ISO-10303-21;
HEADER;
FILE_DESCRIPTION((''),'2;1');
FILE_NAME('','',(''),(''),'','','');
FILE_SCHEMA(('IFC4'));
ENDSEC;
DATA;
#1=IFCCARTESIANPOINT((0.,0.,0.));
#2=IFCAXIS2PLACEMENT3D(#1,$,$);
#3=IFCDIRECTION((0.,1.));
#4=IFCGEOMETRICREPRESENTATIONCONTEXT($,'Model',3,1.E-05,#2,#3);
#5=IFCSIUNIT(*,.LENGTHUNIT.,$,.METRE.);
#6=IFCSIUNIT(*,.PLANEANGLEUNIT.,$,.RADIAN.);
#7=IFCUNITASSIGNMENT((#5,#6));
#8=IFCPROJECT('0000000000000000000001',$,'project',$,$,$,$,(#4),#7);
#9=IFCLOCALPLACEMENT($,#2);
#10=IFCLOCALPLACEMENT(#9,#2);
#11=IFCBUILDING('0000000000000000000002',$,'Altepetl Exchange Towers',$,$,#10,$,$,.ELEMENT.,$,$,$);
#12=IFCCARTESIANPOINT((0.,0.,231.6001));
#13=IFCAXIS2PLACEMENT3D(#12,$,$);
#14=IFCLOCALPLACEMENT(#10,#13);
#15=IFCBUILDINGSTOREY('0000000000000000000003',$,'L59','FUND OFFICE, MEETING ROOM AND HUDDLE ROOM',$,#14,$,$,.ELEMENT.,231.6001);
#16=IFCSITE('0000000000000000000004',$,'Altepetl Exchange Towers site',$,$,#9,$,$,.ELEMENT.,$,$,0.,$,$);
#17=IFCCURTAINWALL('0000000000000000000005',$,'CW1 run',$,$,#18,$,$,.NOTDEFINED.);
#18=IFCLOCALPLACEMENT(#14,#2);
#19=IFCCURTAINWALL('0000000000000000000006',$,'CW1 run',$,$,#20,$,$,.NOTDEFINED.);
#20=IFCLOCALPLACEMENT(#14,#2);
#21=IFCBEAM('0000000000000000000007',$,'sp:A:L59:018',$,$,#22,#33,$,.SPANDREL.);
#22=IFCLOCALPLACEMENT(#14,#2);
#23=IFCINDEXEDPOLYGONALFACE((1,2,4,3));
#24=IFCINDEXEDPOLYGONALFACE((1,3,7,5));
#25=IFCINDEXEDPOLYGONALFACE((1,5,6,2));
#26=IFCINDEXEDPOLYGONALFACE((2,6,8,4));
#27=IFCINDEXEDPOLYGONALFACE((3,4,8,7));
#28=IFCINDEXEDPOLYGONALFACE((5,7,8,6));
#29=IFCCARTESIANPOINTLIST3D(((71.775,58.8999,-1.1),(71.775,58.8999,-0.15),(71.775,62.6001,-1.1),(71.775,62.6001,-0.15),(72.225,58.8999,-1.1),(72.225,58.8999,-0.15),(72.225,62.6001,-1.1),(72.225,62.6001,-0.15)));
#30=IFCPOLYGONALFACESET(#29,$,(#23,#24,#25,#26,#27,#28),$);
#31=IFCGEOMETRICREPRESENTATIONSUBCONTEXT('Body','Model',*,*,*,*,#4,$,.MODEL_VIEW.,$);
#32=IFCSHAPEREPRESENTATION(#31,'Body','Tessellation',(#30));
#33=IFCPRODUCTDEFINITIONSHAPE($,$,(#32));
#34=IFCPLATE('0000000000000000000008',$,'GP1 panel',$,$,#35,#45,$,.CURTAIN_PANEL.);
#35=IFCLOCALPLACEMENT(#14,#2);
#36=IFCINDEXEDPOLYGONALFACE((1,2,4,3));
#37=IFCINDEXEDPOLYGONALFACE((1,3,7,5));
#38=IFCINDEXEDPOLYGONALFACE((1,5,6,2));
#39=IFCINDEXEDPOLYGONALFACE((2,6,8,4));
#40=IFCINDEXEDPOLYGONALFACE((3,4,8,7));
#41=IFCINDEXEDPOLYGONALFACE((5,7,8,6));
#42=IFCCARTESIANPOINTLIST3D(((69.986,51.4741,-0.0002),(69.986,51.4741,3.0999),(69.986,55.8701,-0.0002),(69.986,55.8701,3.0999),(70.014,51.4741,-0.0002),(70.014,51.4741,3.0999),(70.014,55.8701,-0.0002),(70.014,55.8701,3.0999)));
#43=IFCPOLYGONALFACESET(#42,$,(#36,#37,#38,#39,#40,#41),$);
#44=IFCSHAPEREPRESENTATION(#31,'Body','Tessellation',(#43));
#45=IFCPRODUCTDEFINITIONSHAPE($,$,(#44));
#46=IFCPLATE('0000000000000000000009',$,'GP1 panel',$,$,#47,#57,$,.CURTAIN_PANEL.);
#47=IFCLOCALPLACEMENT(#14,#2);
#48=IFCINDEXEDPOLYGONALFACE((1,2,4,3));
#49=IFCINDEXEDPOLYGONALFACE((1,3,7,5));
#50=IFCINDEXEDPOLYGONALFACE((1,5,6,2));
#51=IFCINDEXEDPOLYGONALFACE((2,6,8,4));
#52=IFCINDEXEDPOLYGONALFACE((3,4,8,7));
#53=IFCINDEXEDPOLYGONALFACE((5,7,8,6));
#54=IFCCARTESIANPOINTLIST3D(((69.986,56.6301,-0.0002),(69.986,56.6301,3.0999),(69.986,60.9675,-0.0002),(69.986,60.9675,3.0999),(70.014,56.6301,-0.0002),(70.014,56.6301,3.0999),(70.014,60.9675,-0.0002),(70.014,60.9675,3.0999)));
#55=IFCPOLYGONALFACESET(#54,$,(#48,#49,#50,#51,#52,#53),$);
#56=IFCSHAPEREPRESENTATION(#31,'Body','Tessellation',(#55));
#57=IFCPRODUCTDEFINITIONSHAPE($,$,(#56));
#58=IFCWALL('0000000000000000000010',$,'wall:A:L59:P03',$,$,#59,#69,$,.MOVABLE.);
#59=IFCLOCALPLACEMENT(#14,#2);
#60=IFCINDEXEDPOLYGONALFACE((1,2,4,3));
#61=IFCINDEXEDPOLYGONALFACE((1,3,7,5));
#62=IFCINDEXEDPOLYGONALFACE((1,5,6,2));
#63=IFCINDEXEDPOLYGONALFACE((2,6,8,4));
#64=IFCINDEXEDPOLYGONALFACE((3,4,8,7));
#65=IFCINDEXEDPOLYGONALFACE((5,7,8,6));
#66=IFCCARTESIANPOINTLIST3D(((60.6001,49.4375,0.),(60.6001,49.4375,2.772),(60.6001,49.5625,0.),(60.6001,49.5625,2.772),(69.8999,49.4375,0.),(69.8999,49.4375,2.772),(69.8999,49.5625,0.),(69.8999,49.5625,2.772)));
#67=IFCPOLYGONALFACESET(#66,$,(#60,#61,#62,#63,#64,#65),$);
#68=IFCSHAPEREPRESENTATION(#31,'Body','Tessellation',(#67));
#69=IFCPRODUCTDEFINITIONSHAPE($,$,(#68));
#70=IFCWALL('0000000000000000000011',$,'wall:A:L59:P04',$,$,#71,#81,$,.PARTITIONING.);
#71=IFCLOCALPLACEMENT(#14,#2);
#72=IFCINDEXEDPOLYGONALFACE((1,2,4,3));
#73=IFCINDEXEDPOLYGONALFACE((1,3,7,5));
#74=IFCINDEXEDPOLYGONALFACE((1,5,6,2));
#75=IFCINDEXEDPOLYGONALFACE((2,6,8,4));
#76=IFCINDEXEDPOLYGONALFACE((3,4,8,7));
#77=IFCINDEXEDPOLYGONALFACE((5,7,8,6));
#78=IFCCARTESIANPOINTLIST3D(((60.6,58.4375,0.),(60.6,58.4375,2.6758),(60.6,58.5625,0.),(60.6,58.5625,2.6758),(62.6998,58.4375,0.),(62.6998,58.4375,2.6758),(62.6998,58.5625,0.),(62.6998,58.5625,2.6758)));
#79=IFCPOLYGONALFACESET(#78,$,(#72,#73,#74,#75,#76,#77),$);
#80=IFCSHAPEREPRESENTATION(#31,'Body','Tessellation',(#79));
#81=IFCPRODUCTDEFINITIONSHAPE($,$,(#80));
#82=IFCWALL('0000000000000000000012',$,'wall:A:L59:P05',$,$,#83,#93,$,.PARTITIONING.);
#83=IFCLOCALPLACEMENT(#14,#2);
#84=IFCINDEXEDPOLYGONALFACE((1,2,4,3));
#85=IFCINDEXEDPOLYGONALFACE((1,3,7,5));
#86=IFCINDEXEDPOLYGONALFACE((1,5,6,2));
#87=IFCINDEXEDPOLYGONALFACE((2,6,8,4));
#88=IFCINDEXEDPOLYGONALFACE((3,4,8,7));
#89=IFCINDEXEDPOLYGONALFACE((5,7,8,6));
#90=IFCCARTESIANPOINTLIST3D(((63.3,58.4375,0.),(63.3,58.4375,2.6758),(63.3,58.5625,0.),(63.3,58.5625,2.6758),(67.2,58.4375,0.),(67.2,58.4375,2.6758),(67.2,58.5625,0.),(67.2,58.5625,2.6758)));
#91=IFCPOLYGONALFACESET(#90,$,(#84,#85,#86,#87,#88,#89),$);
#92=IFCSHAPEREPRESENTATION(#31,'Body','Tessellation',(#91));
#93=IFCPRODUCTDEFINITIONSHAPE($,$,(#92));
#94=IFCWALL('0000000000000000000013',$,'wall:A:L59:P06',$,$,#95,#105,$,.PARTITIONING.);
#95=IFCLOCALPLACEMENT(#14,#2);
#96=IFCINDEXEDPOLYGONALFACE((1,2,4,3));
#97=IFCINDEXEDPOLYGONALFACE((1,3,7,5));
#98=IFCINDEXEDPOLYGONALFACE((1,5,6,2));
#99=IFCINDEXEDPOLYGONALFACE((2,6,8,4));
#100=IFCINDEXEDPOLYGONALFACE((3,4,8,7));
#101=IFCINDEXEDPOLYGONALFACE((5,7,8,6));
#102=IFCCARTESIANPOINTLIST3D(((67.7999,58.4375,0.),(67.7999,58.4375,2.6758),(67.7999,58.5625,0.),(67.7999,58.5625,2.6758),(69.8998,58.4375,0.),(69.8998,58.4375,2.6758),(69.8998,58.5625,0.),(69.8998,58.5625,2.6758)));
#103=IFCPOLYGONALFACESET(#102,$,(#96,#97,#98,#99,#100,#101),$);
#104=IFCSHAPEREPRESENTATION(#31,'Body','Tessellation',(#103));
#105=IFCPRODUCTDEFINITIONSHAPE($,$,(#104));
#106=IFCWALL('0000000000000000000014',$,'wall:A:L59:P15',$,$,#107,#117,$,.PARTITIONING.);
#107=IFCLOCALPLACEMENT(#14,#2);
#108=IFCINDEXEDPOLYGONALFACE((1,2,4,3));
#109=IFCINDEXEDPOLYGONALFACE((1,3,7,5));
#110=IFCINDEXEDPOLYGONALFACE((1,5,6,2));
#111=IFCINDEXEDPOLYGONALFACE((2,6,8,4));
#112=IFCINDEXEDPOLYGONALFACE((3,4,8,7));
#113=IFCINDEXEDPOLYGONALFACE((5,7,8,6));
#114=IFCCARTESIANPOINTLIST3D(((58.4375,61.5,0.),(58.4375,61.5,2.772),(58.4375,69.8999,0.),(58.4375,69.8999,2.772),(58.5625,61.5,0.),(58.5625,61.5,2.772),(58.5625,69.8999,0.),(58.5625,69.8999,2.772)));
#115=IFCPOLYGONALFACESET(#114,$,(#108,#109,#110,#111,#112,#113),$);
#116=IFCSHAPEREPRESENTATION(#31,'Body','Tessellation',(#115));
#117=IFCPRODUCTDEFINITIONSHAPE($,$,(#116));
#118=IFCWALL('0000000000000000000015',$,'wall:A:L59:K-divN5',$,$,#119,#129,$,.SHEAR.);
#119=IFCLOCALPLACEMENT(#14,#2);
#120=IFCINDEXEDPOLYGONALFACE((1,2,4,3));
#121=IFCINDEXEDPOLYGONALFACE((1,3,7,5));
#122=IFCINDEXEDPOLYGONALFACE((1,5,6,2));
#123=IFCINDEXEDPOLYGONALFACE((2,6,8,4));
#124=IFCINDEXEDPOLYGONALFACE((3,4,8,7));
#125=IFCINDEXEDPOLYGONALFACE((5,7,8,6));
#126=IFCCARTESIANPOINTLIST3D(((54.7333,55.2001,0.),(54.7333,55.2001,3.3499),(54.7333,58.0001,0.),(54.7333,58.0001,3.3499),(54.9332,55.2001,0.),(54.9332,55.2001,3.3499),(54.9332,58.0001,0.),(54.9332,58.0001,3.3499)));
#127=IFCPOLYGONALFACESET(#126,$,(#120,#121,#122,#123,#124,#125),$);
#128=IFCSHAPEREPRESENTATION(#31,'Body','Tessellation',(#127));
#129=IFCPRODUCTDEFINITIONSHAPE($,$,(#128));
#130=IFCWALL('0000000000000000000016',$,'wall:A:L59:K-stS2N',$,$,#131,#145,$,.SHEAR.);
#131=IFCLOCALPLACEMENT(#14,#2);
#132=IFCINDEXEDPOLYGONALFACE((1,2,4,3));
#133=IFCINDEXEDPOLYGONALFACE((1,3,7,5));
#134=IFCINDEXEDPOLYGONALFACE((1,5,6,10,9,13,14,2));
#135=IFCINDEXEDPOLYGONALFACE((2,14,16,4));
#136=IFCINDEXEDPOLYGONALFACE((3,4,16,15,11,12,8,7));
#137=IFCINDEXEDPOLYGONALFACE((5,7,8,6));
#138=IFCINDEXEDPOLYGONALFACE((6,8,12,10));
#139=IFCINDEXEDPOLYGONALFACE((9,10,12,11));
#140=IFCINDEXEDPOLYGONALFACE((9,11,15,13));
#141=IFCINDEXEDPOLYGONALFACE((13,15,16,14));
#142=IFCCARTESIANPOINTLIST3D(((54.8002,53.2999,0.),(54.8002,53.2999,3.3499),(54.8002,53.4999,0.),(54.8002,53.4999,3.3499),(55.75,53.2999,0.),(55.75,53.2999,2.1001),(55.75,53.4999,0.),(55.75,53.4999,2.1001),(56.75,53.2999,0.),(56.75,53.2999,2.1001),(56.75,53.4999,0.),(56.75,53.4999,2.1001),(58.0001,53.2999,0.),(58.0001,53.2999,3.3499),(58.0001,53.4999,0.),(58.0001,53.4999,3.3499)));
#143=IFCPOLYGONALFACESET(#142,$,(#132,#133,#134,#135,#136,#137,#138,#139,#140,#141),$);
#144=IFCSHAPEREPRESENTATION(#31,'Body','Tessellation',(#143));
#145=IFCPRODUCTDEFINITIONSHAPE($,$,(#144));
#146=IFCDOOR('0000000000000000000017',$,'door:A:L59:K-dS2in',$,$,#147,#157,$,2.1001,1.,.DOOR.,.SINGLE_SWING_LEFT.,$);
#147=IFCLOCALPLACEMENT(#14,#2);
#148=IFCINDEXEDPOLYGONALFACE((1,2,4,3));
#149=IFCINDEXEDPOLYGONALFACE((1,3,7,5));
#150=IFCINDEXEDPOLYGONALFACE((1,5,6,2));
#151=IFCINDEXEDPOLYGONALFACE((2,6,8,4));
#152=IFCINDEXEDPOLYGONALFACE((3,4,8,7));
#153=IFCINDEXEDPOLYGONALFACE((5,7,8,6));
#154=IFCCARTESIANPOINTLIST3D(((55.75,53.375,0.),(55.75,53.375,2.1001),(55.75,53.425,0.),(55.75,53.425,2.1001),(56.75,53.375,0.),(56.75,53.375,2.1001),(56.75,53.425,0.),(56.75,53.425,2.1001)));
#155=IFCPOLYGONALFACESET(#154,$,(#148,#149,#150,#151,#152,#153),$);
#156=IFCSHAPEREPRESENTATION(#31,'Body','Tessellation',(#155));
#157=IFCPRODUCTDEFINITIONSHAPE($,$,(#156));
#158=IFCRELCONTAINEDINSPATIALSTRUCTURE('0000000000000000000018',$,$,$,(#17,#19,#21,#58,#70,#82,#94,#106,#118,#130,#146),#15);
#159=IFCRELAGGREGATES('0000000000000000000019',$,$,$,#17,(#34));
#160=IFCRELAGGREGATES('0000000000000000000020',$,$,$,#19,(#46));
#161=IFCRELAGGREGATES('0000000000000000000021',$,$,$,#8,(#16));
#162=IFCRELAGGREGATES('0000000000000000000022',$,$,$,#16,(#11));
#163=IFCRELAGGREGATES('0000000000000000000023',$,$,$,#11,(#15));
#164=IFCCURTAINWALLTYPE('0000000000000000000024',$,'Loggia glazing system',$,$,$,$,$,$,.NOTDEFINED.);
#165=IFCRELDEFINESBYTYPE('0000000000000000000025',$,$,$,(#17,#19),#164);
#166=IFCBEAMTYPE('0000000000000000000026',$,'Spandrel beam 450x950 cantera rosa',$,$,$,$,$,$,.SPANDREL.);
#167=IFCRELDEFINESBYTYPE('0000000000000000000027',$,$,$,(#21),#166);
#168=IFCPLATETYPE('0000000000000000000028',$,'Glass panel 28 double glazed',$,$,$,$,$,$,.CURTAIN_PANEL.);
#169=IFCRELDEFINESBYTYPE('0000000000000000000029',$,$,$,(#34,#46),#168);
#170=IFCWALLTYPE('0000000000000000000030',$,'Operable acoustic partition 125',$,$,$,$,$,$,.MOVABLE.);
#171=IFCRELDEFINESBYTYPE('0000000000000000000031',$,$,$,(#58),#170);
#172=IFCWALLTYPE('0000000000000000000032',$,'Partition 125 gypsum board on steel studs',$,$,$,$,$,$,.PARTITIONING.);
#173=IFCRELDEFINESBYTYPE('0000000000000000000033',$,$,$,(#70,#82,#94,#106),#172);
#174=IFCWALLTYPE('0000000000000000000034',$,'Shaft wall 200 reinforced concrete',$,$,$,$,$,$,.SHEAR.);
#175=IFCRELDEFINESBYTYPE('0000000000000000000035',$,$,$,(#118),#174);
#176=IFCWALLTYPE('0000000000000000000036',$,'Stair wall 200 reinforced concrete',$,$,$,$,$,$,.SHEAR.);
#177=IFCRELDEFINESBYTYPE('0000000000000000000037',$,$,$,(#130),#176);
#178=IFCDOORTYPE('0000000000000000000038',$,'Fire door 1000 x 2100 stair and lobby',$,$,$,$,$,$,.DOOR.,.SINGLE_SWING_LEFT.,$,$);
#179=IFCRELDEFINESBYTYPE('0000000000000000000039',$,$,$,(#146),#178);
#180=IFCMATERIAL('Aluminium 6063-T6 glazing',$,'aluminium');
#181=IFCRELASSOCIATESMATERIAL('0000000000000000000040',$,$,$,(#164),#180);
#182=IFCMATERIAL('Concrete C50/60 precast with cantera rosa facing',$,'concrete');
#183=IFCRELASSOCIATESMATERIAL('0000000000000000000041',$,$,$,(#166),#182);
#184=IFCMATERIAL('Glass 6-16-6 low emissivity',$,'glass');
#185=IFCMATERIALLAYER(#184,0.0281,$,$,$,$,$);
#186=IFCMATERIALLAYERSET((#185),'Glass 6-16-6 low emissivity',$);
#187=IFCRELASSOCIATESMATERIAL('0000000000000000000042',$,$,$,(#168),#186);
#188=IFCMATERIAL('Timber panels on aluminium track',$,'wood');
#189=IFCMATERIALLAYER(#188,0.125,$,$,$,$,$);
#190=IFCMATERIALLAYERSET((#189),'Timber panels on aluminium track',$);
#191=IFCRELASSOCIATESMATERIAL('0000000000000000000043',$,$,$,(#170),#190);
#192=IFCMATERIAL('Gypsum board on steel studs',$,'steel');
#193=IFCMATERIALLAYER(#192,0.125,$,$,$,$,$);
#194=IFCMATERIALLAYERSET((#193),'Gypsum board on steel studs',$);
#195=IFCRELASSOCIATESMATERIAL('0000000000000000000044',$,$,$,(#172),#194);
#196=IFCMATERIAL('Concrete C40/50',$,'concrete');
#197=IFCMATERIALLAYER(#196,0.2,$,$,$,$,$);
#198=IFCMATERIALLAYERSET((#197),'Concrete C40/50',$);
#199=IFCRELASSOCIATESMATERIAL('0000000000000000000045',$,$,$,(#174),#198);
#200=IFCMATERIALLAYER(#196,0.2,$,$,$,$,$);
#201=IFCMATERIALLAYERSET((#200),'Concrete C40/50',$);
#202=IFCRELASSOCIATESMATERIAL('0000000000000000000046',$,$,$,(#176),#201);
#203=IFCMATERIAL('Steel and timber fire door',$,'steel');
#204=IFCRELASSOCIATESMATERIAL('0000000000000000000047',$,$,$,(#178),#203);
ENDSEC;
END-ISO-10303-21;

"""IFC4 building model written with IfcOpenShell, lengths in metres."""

from ifc_helpers import new_model, si_unit, direction, frame, frame_2d, origin, origin_2d, place, context, subcontext, project, spatial, rectangle, extrude, material, layer, layer_set, material_profile, profile_set, type_object, element, fill, aggregate, save


model = new_model("IFC4")

# Units and contexts
model_context = context("Model", 3, precision=1e-05, world=origin(), true_north=direction((0.0, 1.0)))
body_context = subcontext(model_context, "Body", "Model", "MODEL_VIEW")
ifc_project = project(units=[si_unit("LENGTHUNIT", "METRE"), si_unit("PLANEANGLEUNIT", "RADIAN")], contexts=[model_context])

# Site, building, storey
site_placement = place(None, origin())
site = spatial("IfcSite", under=ifc_project, at=site_placement, Name="Altepetl Exchange Towers site", CompositionType="ELEMENT", RefElevation=0.0)
building_placement = place(site_placement, origin())
building = spatial("IfcBuilding", under=site, at=building_placement, Name="Altepetl Exchange Towers", CompositionType="ELEMENT")
storey_placement = place(building_placement, frame((0.0, 0.0, 231.6001)))
storey = spatial("IfcBuildingStorey", under=building, at=storey_placement, Name="L59", Description="FUND OFFICE, MEETING ROOM AND HUDDLE ROOM", CompositionType="ELEMENT", Elevation=231.6001)

# Curtain walls
ifc_material_1 = material(Name="Aluminium 6063-T6 glazing", Category="aluminium")
curtain_wall_type = type_object("IfcCurtainWallType", Name="Loggia glazing system", PredefinedType="NOTDEFINED", material=ifc_material_1)
curtain_wall_1_placement = place(storey_placement, origin())
curtain_wall_1 = element("IfcCurtainWall", 1, at=curtain_wall_1_placement, inside=storey, type_object=curtain_wall_type, Name="CW1 run", PredefinedType="NOTDEFINED")
curtain_wall_2_placement = place(storey_placement, origin())
curtain_wall_2 = element("IfcCurtainWall", 2, at=curtain_wall_2_placement, inside=storey, type_object=curtain_wall_type, Name="CW1 run", PredefinedType="NOTDEFINED")

# Beam
ifc_material_2 = material(Name="Concrete C50/60 precast with cantera rosa facing", Category="concrete")
ifc_material_profile_1 = material_profile(ifc_material_2, rectangle(XDim=0.45, YDim=0.95, at=origin_2d()), Name="450 x 950")
ifc_profile_set_1 = profile_set([ifc_material_profile_1], Name="Concrete C50/60 precast with cantera rosa facing")
beam_type_1 = type_object("IfcBeamType", Name="Spandrel beam 450x950 cantera rosa", PredefinedType="SPANDREL", material=ifc_profile_set_1)
beam_1_placement = place(storey_placement, frame((72.0, 58.8999, -0.625), z_axis=(0.0, 1.0, 0.0), x_axis=(-1.0, 0.0, 0.0)))
element("IfcBeam", 3, at=beam_1_placement, inside=storey, type_object=beam_type_1, Name="sp:A:L59:018", PredefinedType="SPANDREL", context=body_context, shape_type="SweptSolid", body=[
    extrude(rectangle(XDim=0.45, YDim=0.95, at=origin_2d()), origin(), (0.0, 0.0, 1.0), 3.7002),
])

# Plates
ifc_material_3 = material(Name="Glass 6-16-6 low emissivity", Category="glass")
ifc_layer_1 = layer(ifc_material_3, 0.0281)
ifc_layer_set_1 = layer_set([ifc_layer_1], Name="Glass 6-16-6 low emissivity")
plate_type = type_object("IfcPlateType", Name="Glass panel 28 double glazed", PredefinedType="CURTAIN_PANEL", material=ifc_layer_set_1)
plate_1_placement = place(storey_placement, frame((70.0, 53.6721, -0.0002), z_axis=(0.0, 0.0, 1.0), x_axis=(0.0, 1.0, 0.0)))
plate_1 = element("IfcPlate", 4, at=plate_1_placement, type_object=plate_type, Name="GP1 panel", PredefinedType="CURTAIN_PANEL", context=body_context, shape_type="SweptSolid", body=[
    extrude(rectangle(XDim=4.396, YDim=0.0281, at=origin_2d()), origin(), (0.0, 0.0, 1.0), 3.1001),
])
aggregate(curtain_wall_1, [plate_1])
plate_2_placement = place(storey_placement, frame((70.0, 58.7988, -0.0002), z_axis=(0.0, 0.0, 1.0), x_axis=(0.0, 1.0, 0.0)))
plate_2 = element("IfcPlate", 5, at=plate_2_placement, type_object=plate_type, Name="GP1 panel", PredefinedType="CURTAIN_PANEL", context=body_context, shape_type="SweptSolid", body=[
    extrude(rectangle(XDim=4.3374, YDim=0.0281, at=origin_2d()), origin(), (0.0, 0.0, 1.0), 3.1001),
])
aggregate(curtain_wall_2, [plate_2])

# Walls
ifc_material_4 = material(Name="Timber panels on aluminium track", Category="wood")
ifc_layer_2 = layer(ifc_material_4, 0.125)
ifc_layer_set_2 = layer_set([ifc_layer_2], Name="Timber panels on aluminium track")
wall_type_1 = type_object("IfcWallType", Name="Operable acoustic partition 125", PredefinedType="MOVABLE", material=ifc_layer_set_2)
wall_1_placement = place(storey_placement, frame((60.6001, 49.5, 0.0)))
element("IfcWall", 6, at=wall_1_placement, inside=storey, type_object=wall_type_1, Name="wall:A:L59:P03", PredefinedType="MOVABLE", context=body_context, shape_type="SweptSolid", body=[
    extrude(rectangle(XDim=9.2998, YDim=0.125, at=frame_2d((4.6499, 0.0))), origin(), (0.0, 0.0, 1.0), 2.772),
])
ifc_material_5 = material(Name="Gypsum board on steel studs", Category="steel")
ifc_layer_3 = layer(ifc_material_5, 0.125)
ifc_layer_set_3 = layer_set([ifc_layer_3], Name="Gypsum board on steel studs")
wall_type_2 = type_object("IfcWallType", Name="Partition 125 gypsum board on steel studs", PredefinedType="PARTITIONING", material=ifc_layer_set_3)
wall_2_placement = place(storey_placement, frame((60.6001, 58.5, 0.0)))
element("IfcWall", 7, at=wall_2_placement, inside=storey, type_object=wall_type_2, Name="wall:A:L59:P04", PredefinedType="PARTITIONING", context=body_context, shape_type="SweptSolid", body=[
    extrude(rectangle(XDim=2.0999, YDim=0.125, at=frame_2d((1.0498, 0.0))), origin(), (0.0, 0.0, 1.0), 2.6758),
])
wall_3_placement = place(storey_placement, frame((63.3, 58.5, 0.0)))
element("IfcWall", 8, at=wall_3_placement, inside=storey, type_object=wall_type_2, Name="wall:A:L59:P05", PredefinedType="PARTITIONING", context=body_context, shape_type="SweptSolid", body=[
    extrude(rectangle(XDim=3.8999, YDim=0.125, at=frame_2d((1.95, 0.0))), origin(), (0.0, 0.0, 1.0), 2.6758),
])
wall_4_placement = place(storey_placement, frame((67.8, 58.5, 0.0)))
element("IfcWall", 9, at=wall_4_placement, inside=storey, type_object=wall_type_2, Name="wall:A:L59:P06", PredefinedType="PARTITIONING", context=body_context, shape_type="SweptSolid", body=[
    extrude(rectangle(XDim=2.0999, YDim=0.125, at=frame_2d((1.0498, 0.0))), origin(), (0.0, 0.0, 1.0), 2.6758),
])
wall_5_placement = place(storey_placement, frame((58.5, 61.5, 0.0), z_axis=(0.0, 0.0, 1.0), x_axis=(0.0, 1.0, 0.0)))
element("IfcWall", 10, at=wall_5_placement, inside=storey, type_object=wall_type_2, Name="wall:A:L59:P15", PredefinedType="PARTITIONING", context=body_context, shape_type="SweptSolid", body=[
    extrude(rectangle(XDim=8.3999, YDim=0.125, at=frame_2d((4.2, 0.0))), origin(), (0.0, 0.0, 1.0), 2.772),
])
ifc_material_6 = material(Name="Concrete C40/50", Category="concrete")
ifc_layer_4 = layer(ifc_material_6, 0.2)
ifc_layer_set_4 = layer_set([ifc_layer_4], Name="Concrete C40/50")
wall_type_3 = type_object("IfcWallType", Name="Shaft wall 200 reinforced concrete", PredefinedType="SHEAR", material=ifc_layer_set_4)
wall_6_placement = place(storey_placement, frame((54.8333, 58.0, 0.0), z_axis=(0.0, 0.0, 1.0), x_axis=(0.0, -1.0, 0.0)))
element("IfcWall", 11, at=wall_6_placement, inside=storey, type_object=wall_type_3, Name="wall:A:L59:K-divN5", PredefinedType="SHEAR", context=body_context, shape_type="SweptSolid", body=[
    extrude(rectangle(XDim=2.8, YDim=0.2, at=frame_2d((1.3999, 0.0))), origin(), (0.0, 0.0, 1.0), 3.3499),
])

# Wall, opening, door
ifc_layer_5 = layer(ifc_material_6, 0.2)
ifc_layer_set_5 = layer_set([ifc_layer_5], Name="Concrete C40/50")
wall_type_4 = type_object("IfcWallType", Name="Stair wall 200 reinforced concrete", PredefinedType="SHEAR", material=ifc_layer_set_5)
wall_7_placement = place(storey_placement, frame((54.8, 53.3999, 0.0)))
wall_7 = element("IfcWall", 12, at=wall_7_placement, inside=storey, type_object=wall_type_4, Name="wall:A:L59:K-stS2N", PredefinedType="SHEAR", context=body_context, shape_type="SweptSolid", body=[
    extrude(rectangle(XDim=3.2, YDim=0.2, at=frame_2d((1.6001, 0.0))), origin(), (0.0, 0.0, 1.0), 3.3499),
])
opening_placement = place(wall_7_placement, frame((0.95, 0.0, 0.0)))
opening = element("IfcOpeningElement", 13, at=opening_placement, cuts=wall_7, PredefinedType="OPENING", context=body_context, shape_type="SweptSolid", body=[
    extrude(rectangle(XDim=1.0, YDim=2.1001, at=frame_2d((0.5, 1.05))), frame((0.0, 0.1099, 0.0), z_axis=(0.0, -1.0, 0.0), x_axis=(1.0, 0.0, 0.0)), (0.0, 0.0, 1.0), 0.22),
])
ifc_material_7 = material(Name="Steel and timber fire door", Category="steel")
door_type = type_object("IfcDoorType", Name="Fire door 1000 x 2100 stair and lobby", OperationType="SINGLE_SWING_LEFT", PredefinedType="DOOR", material=ifc_material_7)
door_placement = place(opening_placement, frame((1.0, 0.0, 0.0), x_axis=(-1.0, 0.0, 0.0)))
door = element("IfcDoor", 14, at=door_placement, inside=storey, type_object=door_type, Name="door:A:L59:K-dS2in", OperationType="SINGLE_SWING_LEFT", OverallHeight=2.1001, OverallWidth=1.0, PredefinedType="DOOR", context=body_context, shape_type="SweptSolid", body=[
    extrude(rectangle(XDim=1.0, YDim=2.1001, at=frame_2d((0.5, 1.05))), frame((0.0, 0.0249, 0.0), z_axis=(0.0, -1.0, 0.0), x_axis=(1.0, 0.0, 0.0)), (0.0, 0.0, 1.0), 0.05),
])
fill(opening, door)

save(model, "model.ifc")
